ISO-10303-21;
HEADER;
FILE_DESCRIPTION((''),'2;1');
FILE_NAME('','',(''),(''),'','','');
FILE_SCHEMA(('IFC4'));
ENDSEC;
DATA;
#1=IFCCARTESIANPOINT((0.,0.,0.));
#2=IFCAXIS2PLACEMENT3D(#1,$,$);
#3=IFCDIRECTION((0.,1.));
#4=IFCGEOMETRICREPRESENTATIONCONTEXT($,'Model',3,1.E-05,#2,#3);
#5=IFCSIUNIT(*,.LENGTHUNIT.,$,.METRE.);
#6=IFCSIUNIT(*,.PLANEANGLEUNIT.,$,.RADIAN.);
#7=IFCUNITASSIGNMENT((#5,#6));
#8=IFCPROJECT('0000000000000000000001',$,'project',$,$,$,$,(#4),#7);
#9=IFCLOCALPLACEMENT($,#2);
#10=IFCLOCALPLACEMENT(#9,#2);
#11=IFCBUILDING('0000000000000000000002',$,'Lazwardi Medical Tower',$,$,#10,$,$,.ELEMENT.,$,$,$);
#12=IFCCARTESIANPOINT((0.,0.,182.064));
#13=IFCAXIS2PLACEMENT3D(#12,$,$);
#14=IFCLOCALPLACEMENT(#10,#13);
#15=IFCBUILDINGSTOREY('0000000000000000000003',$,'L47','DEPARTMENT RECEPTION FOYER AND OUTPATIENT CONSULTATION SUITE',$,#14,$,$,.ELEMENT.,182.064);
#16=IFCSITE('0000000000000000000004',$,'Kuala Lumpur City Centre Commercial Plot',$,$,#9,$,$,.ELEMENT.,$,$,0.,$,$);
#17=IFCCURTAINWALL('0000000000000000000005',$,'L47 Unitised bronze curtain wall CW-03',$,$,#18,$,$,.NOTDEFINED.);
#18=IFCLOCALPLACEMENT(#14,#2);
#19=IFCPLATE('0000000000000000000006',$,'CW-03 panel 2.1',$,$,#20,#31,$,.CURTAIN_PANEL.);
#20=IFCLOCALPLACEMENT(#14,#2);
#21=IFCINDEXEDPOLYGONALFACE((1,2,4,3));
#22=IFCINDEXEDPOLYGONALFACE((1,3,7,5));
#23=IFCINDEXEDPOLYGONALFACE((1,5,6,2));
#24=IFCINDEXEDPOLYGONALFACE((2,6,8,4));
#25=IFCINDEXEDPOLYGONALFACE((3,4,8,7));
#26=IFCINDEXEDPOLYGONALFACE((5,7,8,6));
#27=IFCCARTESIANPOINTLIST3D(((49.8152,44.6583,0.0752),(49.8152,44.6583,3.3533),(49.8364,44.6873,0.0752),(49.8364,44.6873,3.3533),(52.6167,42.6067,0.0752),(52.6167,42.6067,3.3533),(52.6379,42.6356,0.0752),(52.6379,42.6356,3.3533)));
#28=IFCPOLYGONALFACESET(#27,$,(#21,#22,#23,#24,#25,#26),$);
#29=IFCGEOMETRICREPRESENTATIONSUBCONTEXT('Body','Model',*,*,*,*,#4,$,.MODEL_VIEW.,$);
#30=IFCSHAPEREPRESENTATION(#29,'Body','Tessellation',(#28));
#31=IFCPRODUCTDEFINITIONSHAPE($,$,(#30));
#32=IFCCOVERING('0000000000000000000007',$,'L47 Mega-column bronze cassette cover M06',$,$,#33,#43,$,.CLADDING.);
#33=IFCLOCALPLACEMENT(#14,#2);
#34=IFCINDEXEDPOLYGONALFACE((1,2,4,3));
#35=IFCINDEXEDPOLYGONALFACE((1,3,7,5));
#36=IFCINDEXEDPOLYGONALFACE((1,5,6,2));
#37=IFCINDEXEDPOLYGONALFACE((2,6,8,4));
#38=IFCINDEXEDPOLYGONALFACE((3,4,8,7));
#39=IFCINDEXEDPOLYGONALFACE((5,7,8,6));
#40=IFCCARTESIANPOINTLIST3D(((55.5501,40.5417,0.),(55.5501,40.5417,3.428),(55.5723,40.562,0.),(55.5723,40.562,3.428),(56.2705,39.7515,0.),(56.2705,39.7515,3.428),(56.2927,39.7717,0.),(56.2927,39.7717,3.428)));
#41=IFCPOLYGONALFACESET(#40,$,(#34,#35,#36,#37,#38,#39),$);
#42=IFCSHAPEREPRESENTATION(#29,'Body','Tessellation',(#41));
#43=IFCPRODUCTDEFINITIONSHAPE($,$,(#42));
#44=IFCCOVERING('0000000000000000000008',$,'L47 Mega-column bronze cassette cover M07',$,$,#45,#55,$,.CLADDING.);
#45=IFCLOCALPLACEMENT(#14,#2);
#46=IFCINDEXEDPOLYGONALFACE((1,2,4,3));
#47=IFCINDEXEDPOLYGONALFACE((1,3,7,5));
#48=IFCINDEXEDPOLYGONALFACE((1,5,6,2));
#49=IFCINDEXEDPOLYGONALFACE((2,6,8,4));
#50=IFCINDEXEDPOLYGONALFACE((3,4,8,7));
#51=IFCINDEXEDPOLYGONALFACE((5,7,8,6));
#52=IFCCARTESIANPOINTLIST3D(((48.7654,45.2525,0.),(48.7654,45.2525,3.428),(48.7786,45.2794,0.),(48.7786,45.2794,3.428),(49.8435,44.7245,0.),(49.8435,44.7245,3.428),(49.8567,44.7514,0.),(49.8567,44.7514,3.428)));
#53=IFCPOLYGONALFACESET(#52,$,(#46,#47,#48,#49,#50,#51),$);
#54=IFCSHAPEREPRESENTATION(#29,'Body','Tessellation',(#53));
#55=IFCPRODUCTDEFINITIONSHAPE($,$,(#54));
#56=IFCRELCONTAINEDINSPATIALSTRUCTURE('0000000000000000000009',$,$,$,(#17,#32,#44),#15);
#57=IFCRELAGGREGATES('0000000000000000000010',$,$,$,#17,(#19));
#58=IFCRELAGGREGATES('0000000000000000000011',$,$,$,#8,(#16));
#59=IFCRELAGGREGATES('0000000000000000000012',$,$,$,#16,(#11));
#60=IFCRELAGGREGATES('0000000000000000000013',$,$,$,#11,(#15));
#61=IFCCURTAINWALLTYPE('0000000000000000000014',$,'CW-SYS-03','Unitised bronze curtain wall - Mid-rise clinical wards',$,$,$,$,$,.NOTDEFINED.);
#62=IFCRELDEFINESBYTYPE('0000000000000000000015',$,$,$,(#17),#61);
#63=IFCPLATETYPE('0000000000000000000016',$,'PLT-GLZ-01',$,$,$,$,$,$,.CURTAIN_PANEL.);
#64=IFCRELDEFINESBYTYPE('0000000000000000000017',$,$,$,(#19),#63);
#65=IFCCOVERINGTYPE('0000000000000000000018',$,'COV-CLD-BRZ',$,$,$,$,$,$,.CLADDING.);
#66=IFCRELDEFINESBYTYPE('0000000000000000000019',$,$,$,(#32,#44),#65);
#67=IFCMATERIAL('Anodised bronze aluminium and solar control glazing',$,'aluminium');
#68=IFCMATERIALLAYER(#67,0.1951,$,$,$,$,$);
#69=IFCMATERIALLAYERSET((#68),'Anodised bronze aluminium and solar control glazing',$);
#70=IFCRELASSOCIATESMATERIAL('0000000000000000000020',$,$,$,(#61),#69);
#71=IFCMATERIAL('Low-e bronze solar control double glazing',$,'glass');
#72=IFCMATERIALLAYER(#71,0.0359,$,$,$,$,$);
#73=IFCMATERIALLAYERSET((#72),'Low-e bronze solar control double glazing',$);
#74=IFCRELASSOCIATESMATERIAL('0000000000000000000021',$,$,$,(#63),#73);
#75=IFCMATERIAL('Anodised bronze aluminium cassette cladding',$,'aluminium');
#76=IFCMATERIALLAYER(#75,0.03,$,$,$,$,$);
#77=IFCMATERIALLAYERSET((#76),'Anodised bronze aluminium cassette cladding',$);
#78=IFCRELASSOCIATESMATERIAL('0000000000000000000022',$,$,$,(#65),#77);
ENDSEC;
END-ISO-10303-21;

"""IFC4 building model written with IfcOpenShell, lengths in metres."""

from ifc_helpers import new_model, si_unit, direction, frame, origin, origin_2d, place, context, subcontext, project, spatial, rectangle, extrude, material, layer, layer_set, type_object, element, aggregate, save


model = new_model("IFC4")

# Units and contexts
model_context = context("Model", 3, precision=1e-05, world=origin(), true_north=direction((0.0, 1.0)))
body_context = subcontext(model_context, "Body", "Model", "MODEL_VIEW")
ifc_project = project(units=[si_unit("LENGTHUNIT", "METRE"), si_unit("PLANEANGLEUNIT", "RADIAN")], contexts=[model_context])

# Site, building, storey
site_placement = place(None, origin())
site = spatial("IfcSite", under=ifc_project, at=site_placement, Name="Kuala Lumpur City Centre Commercial Plot", CompositionType="ELEMENT", RefElevation=0.0)
building_placement = place(site_placement, origin())
building = spatial("IfcBuilding", under=site, at=building_placement, Name="Lazwardi Medical Tower", CompositionType="ELEMENT")
storey_placement = place(building_placement, frame((0.0, 0.0, 182.064)))
storey = spatial("IfcBuildingStorey", under=building, at=storey_placement, Name="L47", Description="DEPARTMENT RECEPTION FOYER AND OUTPATIENT CONSULTATION SUITE", CompositionType="ELEMENT", Elevation=182.064)

# Shared definitions
ifc_material_1 = material(Name="Anodised bronze aluminium and solar control glazing", Category="aluminium")
ifc_layer_1 = layer(ifc_material_1, 0.1951)
ifc_layer_set_1 = layer_set([ifc_layer_1], Name="Anodised bronze aluminium and solar control glazing")
curtain_wall_type = type_object("IfcCurtainWallType", Name="CW-SYS-03", Description="Unitised bronze curtain wall - Mid-rise clinical wards", PredefinedType="NOTDEFINED", material=ifc_layer_set_1)

# Curtain wall
curtain_wall_1_placement = place(storey_placement, origin())
curtain_wall_1 = element("IfcCurtainWall", 1, at=curtain_wall_1_placement, inside=storey, type_object=curtain_wall_type, Name="L47 Unitised bronze curtain wall CW-03", PredefinedType="NOTDEFINED")

# Plate
ifc_material_2 = material(Name="Low-e bronze solar control double glazing", Category="glass")
ifc_layer_2 = layer(ifc_material_2, 0.0359)
ifc_layer_set_2 = layer_set([ifc_layer_2], Name="Low-e bronze solar control double glazing")
plate_type = type_object("IfcPlateType", Name="PLT-GLZ-01", PredefinedType="CURTAIN_PANEL", material=ifc_layer_set_2)
plate_1_placement = place(storey_placement, frame((51.2266, 43.647, 0.0752), z_axis=(0.0, 0.0, 1.0), x_axis=(-0.806793, 0.590834, 0.0)))
plate_1 = element("IfcPlate", 2, at=plate_1_placement, type_object=plate_type, Name="CW-03 panel 2.1", PredefinedType="CURTAIN_PANEL", context=body_context, shape_type="SweptSolid", body=[
    extrude(rectangle(XDim=3.4724, YDim=0.0359, at=origin_2d()), origin(), (0.0, 0.0, 1.0), 3.2781),
])
aggregate(curtain_wall_1, [plate_1])

# Coverings
ifc_material_3 = material(Name="Anodised bronze aluminium cassette cladding", Category="aluminium")
ifc_layer_3 = layer(ifc_material_3, 0.03)
ifc_layer_set_3 = layer_set([ifc_layer_3], Name="Anodised bronze aluminium cassette cladding")
covering_type = type_object("IfcCoveringType", Name="COV-CLD-BRZ", PredefinedType="CLADDING", material=ifc_layer_set_3)
covering_1_placement = place(storey_placement, frame((55.9214, 40.1567, 0.0), z_axis=(0.0, 0.0, 1.0), x_axis=(-0.673714, 0.738992, 0.0)))
element("IfcCovering", 3, at=covering_1_placement, inside=storey, type_object=covering_type, Name="L47 Mega-column bronze cassette cover M06", PredefinedType="CLADDING", context=body_context, shape_type="SweptSolid", body=[
    extrude(rectangle(XDim=1.0693, YDim=0.03, at=origin_2d()), origin(), (0.0, 0.0, 1.0), 3.428),
])
covering_2_placement = place(storey_placement, frame((49.311, 45.002, 0.0), z_axis=(0.0, 0.0, 1.0), x_axis=(-0.898079, 0.439834, 0.0)))
element("IfcCovering", 4, at=covering_2_placement, inside=storey, type_object=covering_type, Name="L47 Mega-column bronze cassette cover M07", PredefinedType="CLADDING", context=body_context, shape_type="SweptSolid", body=[
    extrude(rectangle(XDim=1.2004, YDim=0.03, at=origin_2d()), origin(), (0.0, 0.0, 1.0), 3.428),
])

save(model, "model.ifc")
